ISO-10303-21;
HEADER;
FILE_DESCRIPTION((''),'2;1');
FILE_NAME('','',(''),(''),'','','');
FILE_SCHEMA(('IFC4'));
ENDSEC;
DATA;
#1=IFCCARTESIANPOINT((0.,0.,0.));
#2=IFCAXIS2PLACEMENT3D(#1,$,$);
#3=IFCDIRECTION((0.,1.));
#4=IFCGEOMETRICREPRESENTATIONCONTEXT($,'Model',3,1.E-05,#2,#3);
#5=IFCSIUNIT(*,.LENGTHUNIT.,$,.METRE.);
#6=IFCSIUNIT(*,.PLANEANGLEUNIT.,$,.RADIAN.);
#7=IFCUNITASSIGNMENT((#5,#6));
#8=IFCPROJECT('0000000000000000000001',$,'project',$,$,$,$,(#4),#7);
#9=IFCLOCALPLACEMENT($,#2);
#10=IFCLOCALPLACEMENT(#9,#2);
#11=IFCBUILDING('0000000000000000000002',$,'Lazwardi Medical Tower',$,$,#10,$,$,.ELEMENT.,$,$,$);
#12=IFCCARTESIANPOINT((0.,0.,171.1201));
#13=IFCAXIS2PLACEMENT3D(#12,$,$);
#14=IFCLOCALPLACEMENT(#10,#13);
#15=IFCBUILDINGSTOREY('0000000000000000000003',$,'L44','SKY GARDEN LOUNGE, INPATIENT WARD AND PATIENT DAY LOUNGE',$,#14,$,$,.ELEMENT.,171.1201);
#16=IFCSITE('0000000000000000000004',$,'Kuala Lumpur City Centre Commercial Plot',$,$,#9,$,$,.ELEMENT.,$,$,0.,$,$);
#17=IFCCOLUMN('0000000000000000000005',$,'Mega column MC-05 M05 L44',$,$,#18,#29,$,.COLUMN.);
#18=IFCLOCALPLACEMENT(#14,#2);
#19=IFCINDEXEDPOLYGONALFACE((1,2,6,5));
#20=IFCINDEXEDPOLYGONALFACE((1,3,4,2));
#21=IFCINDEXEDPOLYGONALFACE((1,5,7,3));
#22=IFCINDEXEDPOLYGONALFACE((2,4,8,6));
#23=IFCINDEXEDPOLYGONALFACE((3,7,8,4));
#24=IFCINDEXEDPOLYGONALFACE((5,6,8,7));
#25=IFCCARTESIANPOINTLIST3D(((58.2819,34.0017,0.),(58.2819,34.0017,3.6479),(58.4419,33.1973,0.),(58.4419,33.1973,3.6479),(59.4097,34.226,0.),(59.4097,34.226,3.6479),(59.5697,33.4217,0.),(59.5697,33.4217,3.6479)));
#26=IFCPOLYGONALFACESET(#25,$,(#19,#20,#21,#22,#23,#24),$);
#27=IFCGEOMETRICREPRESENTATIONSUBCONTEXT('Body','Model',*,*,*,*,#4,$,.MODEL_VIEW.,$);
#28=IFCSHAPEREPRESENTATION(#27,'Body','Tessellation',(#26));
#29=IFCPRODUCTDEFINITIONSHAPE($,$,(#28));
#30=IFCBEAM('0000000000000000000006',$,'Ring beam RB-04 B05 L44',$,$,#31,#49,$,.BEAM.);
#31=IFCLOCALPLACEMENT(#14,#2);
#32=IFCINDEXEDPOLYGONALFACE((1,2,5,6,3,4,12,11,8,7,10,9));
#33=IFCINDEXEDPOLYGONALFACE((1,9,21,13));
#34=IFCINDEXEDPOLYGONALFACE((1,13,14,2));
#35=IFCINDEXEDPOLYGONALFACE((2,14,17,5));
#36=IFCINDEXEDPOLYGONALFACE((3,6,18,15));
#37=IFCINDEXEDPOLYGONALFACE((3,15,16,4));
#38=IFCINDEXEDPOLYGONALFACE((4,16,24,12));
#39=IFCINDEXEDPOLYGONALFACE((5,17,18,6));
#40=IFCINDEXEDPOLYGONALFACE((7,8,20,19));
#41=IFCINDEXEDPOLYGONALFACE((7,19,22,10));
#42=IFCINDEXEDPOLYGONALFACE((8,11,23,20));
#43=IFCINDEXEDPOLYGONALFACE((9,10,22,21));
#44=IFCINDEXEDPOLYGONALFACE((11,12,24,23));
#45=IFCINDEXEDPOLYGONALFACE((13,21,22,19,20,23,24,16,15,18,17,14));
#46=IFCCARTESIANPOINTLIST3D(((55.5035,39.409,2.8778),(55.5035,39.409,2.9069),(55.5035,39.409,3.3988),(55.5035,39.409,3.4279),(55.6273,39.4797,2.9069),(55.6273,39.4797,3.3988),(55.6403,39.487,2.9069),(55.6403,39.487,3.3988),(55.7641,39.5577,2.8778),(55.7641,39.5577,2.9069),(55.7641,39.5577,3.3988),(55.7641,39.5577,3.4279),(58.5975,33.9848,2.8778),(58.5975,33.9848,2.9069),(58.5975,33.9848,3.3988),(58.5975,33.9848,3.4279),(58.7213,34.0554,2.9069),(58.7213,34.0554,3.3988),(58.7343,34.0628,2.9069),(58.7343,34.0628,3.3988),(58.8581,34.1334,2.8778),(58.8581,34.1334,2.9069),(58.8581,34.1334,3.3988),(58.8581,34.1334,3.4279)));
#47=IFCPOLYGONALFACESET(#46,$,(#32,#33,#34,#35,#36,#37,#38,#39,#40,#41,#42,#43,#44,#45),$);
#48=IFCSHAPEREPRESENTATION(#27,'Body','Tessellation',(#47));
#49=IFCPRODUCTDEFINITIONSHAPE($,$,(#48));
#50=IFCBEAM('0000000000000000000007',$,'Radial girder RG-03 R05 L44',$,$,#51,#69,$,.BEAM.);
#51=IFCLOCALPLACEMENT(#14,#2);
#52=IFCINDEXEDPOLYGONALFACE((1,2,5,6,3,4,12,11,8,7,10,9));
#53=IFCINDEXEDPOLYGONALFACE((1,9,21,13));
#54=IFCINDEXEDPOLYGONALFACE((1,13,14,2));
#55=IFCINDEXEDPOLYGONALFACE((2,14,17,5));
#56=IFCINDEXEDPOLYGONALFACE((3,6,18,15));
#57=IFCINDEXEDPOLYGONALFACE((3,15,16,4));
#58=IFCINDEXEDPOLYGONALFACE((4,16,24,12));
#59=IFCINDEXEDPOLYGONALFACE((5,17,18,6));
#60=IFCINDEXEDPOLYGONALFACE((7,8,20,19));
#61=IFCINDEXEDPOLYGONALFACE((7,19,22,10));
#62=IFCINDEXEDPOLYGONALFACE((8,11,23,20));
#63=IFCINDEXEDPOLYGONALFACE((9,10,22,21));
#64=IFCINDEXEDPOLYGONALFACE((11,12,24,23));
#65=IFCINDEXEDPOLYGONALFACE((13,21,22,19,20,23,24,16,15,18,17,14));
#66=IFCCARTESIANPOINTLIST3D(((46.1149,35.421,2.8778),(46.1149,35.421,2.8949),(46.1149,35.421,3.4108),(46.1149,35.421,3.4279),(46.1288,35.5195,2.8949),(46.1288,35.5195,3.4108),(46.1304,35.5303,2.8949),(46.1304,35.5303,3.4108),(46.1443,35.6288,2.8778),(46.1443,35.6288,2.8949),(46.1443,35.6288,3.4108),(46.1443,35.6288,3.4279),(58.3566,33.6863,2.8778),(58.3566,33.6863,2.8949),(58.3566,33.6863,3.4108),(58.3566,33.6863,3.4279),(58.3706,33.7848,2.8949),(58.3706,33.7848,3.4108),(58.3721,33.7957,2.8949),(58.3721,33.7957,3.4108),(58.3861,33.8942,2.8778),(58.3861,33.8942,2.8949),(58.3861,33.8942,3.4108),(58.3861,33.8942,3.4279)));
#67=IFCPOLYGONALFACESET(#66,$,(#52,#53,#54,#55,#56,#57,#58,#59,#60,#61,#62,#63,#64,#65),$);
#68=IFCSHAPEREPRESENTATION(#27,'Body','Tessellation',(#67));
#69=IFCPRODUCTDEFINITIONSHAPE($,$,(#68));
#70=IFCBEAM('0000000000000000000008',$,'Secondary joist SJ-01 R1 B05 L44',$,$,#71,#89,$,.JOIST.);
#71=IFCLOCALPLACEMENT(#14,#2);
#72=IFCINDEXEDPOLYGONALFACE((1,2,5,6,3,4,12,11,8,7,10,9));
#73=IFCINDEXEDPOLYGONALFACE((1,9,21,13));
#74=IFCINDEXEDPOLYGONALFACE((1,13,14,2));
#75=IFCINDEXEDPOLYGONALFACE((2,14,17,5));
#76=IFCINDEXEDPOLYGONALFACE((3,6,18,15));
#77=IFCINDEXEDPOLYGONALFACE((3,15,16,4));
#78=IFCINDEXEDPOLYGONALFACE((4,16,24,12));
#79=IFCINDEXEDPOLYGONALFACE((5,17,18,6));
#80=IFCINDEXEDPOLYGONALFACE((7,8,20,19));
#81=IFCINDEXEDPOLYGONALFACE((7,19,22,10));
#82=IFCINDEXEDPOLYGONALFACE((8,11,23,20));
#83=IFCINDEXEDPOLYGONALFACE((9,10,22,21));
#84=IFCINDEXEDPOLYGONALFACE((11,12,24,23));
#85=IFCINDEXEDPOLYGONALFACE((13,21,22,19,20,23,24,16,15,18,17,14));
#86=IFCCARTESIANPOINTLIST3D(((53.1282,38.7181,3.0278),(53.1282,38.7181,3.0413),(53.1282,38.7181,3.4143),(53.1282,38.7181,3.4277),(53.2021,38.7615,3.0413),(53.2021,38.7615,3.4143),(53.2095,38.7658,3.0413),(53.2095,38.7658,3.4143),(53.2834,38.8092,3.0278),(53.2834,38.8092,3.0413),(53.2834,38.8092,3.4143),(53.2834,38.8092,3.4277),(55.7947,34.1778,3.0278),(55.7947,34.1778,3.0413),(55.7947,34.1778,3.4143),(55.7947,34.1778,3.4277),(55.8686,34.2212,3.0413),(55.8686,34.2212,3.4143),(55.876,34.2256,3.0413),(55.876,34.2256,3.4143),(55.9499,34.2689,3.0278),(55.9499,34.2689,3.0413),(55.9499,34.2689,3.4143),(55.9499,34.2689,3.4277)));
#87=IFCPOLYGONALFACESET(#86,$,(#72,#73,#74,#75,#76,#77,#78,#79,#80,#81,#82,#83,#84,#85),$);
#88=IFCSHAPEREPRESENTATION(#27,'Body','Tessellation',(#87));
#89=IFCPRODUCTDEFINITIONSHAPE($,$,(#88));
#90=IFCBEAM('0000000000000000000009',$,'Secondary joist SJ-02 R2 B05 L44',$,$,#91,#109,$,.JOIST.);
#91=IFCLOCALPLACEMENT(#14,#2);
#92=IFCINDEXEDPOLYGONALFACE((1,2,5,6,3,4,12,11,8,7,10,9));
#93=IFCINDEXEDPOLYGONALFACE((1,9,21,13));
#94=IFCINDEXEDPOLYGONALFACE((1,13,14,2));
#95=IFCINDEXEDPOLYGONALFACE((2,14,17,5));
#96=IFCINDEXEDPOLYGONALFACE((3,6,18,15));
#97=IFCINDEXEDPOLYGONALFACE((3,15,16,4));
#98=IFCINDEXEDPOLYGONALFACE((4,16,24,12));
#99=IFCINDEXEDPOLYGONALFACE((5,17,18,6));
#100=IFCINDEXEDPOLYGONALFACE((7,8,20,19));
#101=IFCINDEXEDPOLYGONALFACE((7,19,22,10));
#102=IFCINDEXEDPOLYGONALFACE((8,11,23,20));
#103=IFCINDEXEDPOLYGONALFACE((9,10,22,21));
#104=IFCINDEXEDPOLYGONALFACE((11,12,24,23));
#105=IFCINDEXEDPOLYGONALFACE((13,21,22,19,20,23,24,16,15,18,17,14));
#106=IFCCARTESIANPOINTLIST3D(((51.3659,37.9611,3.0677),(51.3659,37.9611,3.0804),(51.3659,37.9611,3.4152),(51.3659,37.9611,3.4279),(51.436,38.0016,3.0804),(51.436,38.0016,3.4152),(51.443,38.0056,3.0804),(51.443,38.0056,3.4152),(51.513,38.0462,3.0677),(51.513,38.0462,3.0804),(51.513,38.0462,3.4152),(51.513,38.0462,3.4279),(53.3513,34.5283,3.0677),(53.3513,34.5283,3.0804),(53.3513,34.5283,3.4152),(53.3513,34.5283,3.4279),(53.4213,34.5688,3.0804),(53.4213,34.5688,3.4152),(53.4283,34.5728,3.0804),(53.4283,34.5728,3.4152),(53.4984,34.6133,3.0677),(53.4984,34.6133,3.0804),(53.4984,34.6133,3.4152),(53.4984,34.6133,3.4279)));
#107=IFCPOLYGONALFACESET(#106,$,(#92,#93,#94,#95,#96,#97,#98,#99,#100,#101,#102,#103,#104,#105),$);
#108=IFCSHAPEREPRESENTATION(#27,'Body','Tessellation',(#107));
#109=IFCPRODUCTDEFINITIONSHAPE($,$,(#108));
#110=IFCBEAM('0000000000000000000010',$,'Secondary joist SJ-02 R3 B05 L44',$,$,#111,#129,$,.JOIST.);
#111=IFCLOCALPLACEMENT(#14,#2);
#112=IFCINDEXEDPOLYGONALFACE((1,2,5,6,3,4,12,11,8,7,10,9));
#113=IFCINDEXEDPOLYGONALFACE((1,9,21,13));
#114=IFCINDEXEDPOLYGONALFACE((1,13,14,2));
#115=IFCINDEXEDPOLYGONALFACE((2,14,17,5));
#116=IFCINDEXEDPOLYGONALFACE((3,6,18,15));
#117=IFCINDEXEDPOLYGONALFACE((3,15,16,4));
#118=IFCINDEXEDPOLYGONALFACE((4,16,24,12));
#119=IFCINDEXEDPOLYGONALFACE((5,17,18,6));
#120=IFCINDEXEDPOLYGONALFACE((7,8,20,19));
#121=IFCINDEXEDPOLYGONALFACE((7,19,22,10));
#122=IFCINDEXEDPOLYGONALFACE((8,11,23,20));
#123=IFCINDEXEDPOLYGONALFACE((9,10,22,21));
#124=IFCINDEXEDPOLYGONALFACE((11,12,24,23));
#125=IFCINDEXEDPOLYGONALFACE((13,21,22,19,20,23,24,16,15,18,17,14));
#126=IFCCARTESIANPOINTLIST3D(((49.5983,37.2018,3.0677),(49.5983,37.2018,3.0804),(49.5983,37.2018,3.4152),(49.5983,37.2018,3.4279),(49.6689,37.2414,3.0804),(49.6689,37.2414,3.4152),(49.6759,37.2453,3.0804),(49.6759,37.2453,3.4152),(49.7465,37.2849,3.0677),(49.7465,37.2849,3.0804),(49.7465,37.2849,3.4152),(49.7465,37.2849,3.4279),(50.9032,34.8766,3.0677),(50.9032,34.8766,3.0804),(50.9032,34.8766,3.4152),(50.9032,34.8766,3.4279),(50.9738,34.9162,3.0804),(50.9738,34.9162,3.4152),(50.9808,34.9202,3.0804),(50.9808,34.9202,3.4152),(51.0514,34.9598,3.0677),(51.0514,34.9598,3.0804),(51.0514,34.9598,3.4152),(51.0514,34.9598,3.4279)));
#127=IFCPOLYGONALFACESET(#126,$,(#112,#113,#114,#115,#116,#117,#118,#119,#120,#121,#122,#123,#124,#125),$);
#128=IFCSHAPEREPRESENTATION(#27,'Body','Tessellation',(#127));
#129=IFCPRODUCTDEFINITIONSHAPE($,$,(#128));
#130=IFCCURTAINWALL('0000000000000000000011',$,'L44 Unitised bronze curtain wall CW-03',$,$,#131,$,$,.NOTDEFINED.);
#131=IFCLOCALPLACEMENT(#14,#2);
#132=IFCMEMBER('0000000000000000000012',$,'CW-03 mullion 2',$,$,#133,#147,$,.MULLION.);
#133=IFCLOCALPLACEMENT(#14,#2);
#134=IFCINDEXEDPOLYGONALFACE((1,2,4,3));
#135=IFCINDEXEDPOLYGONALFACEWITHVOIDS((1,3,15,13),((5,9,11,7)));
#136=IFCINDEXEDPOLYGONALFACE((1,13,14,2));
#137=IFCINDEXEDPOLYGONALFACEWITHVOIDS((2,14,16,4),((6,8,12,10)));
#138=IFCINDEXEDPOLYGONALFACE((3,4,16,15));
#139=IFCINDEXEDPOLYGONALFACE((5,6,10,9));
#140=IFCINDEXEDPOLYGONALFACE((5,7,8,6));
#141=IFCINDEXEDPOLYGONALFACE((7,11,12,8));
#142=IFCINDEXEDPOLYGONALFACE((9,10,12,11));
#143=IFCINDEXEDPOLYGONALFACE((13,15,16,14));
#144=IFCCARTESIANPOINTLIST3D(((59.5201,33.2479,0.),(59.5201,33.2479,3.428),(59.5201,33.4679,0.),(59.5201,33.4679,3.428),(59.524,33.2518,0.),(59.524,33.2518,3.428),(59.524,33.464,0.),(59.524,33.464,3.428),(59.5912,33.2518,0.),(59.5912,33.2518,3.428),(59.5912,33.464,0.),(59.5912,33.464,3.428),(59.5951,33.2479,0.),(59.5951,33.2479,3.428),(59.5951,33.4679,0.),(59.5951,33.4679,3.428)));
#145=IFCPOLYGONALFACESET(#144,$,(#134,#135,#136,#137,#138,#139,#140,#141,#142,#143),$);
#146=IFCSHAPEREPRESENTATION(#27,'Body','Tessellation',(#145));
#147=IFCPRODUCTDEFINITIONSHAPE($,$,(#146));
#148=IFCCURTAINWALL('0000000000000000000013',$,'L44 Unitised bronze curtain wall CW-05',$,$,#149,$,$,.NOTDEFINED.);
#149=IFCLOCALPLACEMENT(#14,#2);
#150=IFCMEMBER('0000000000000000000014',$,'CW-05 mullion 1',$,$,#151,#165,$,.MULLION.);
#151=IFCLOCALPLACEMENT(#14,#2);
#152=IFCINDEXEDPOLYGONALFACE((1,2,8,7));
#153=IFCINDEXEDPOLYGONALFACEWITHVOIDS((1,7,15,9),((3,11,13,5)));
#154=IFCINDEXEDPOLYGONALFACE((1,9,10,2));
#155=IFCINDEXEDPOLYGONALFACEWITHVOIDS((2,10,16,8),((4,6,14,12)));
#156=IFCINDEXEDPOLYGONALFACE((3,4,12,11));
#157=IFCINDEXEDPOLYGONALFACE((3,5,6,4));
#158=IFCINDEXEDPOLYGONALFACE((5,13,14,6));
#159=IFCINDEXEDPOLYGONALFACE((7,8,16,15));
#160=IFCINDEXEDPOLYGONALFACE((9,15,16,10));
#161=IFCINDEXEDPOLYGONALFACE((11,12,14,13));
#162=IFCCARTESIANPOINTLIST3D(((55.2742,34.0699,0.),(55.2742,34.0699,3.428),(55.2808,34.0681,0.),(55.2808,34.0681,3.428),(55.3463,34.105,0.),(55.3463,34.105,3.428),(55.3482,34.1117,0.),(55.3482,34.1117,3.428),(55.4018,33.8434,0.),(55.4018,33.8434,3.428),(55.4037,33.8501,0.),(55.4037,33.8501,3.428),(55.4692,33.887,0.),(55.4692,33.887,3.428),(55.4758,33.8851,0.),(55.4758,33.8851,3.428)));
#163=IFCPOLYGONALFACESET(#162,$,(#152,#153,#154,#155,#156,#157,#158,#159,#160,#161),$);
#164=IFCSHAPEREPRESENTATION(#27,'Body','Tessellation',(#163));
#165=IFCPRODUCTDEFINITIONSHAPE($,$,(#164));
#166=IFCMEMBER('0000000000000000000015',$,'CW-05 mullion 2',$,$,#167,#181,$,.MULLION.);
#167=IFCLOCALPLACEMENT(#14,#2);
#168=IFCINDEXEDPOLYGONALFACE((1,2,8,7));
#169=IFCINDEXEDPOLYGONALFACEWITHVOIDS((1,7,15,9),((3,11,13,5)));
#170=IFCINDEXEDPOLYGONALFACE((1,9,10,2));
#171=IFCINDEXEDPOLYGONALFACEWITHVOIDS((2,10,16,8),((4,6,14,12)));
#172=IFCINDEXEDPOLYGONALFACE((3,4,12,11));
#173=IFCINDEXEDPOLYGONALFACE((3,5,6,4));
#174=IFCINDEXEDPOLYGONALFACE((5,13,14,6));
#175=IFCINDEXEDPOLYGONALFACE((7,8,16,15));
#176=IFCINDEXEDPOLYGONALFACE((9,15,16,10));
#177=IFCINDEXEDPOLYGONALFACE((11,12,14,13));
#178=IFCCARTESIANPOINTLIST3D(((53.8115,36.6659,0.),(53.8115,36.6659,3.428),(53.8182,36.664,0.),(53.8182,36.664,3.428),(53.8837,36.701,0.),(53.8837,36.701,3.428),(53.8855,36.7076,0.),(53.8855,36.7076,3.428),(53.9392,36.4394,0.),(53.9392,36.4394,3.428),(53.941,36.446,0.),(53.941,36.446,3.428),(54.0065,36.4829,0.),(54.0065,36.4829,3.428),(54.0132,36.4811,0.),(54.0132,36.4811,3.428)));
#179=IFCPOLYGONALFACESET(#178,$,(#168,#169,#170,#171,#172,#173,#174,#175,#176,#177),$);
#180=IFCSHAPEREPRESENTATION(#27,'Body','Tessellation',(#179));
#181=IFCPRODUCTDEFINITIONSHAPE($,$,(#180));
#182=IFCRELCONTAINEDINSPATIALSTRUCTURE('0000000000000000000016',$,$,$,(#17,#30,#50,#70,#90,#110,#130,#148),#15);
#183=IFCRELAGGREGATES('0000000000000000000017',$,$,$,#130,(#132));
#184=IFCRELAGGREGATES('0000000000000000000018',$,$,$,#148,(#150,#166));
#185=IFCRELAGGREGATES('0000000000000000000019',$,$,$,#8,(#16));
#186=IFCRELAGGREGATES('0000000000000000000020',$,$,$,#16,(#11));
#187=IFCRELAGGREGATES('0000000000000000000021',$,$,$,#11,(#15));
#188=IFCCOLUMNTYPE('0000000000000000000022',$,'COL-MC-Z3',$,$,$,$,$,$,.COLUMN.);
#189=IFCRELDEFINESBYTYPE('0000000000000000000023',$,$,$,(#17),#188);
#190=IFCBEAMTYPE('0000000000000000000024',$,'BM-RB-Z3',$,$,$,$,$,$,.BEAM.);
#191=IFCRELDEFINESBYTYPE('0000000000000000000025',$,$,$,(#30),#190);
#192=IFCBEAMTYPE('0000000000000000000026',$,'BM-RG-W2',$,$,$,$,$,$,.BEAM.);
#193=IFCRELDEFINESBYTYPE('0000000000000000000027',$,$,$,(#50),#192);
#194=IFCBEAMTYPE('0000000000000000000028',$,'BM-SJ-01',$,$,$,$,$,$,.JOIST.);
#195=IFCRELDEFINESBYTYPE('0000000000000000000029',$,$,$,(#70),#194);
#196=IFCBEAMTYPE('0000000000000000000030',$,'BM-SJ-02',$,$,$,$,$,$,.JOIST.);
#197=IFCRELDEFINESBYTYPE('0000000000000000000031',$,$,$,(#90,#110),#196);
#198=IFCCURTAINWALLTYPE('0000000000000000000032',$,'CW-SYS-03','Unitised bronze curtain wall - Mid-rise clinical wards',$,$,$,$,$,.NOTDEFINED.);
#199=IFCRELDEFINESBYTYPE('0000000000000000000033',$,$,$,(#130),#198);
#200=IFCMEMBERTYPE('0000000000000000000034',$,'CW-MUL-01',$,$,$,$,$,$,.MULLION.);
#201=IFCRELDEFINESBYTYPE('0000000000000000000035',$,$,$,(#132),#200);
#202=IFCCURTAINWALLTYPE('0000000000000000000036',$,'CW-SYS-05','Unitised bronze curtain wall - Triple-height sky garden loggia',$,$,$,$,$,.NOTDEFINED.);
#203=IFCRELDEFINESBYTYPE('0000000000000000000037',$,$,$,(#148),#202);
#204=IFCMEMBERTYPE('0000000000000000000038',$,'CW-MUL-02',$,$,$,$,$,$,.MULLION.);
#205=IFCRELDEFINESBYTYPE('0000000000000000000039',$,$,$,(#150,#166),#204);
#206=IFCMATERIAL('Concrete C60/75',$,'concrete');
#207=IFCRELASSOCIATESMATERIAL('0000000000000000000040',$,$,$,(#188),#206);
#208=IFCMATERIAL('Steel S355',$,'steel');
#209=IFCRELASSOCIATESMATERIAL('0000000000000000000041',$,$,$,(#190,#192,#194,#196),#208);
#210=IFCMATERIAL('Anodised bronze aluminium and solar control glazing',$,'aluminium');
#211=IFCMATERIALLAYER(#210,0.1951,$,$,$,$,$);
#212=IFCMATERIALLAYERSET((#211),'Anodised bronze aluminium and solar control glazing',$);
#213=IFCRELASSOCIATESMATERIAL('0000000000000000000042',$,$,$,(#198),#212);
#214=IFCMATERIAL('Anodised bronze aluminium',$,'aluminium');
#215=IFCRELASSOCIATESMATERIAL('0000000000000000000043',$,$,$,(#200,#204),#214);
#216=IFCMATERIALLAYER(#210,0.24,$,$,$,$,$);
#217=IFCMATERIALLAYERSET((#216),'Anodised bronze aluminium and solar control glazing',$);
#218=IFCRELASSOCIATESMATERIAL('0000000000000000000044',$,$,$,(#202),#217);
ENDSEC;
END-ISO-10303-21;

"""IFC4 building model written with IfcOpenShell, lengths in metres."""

from ifc_helpers import new_model, si_unit, direction, frame, origin, origin_2d, place, context, subcontext, project, spatial, rectangle, hollow_rectangle, i_section, extrude, material, layer, layer_set, material_profile, profile_set, type_object, element, aggregate, save


model = new_model("IFC4")

# Units and contexts
model_context = context("Model", 3, precision=1e-05, world=origin(), true_north=direction((0.0, 1.0)))
body_context = subcontext(model_context, "Body", "Model", "MODEL_VIEW")
ifc_project = project(units=[si_unit("LENGTHUNIT", "METRE"), si_unit("PLANEANGLEUNIT", "RADIAN")], contexts=[model_context])

# Site, building, storey
site_placement = place(None, origin())
site = spatial("IfcSite", under=ifc_project, at=site_placement, Name="Kuala Lumpur City Centre Commercial Plot", CompositionType="ELEMENT", RefElevation=0.0)
building_placement = place(site_placement, origin())
building = spatial("IfcBuilding", under=site, at=building_placement, Name="Lazwardi Medical Tower", CompositionType="ELEMENT")
storey_placement = place(building_placement, frame((0.0, 0.0, 171.1201)))
storey = spatial("IfcBuildingStorey", under=building, at=storey_placement, Name="L44", Description="SKY GARDEN LOUNGE, INPATIENT WARD AND PATIENT DAY LOUNGE", CompositionType="ELEMENT", Elevation=171.1201)

# Column
ifc_material_1 = material(Name="Concrete C60/75", Category="concrete")
ifc_material_profile_1 = material_profile(ifc_material_1, rectangle(XDim=1.1499, YDim=0.8201, at=origin_2d()), Name="CFT-RECT 1150x820")
ifc_profile_set_1 = profile_set([ifc_material_profile_1], Name="Concrete C60/75")
column_type = type_object("IfcColumnType", Name="COL-MC-Z3", PredefinedType="COLUMN", material=ifc_profile_set_1)
column_placement = place(storey_placement, frame((58.9258, 33.7117, 0.0), z_axis=(0.0, 0.0, 1.0), x_axis=(0.980785, 0.19509, 0.0)))
element("IfcColumn", 1, at=column_placement, inside=storey, type_object=column_type, Name="Mega column MC-05 M05 L44", PredefinedType="COLUMN", context=body_context, shape_type="SweptSolid", body=[
    extrude(rectangle(XDim=1.1499, YDim=0.8201, at=origin_2d()), origin(), (0.0, 0.0, 1.0), 3.6479),
])

# Beams
ifc_material_2 = material(Name="Steel S355", Category="steel")
ifc_material_profile_2 = material_profile(ifc_material_2, i_section(OverallWidth=0.3, OverallDepth=0.55, WebThickness=0.0149, FlangeThickness=0.0291, at=origin_2d()), Name="HEB 550")
ifc_profile_set_2 = profile_set([ifc_material_profile_2], Name="Steel S355")
beam_type_1 = type_object("IfcBeamType", Name="BM-RB-Z3", PredefinedType="BEAM", material=ifc_profile_set_2)
beam_1_placement = place(storey_placement, frame((58.7278, 34.0591, 3.1528), z_axis=(-0.495461, 0.86863, 0.0), x_axis=(-0.86863, -0.495461, 0.0)))
element("IfcBeam", 2, at=beam_1_placement, inside=storey, type_object=beam_type_1, Name="Ring beam RB-04 B05 L44", PredefinedType="BEAM", context=body_context, shape_type="SweptSolid", body=[
    extrude(i_section(OverallWidth=0.3, OverallDepth=0.55, WebThickness=0.0149, FlangeThickness=0.0291, at=origin_2d()), origin(), (0.0, 0.0, 1.0), 6.2446),
])
ifc_material_profile_3 = material_profile(ifc_material_2, i_section(OverallWidth=0.21, OverallDepth=0.55, WebThickness=0.011, FlangeThickness=0.0171, at=origin_2d()), Name="IPE 550")
ifc_profile_set_3 = profile_set([ifc_material_profile_3], Name="Steel S355")
beam_type_2 = type_object("IfcBeamType", Name="BM-RG-W2", PredefinedType="BEAM", material=ifc_profile_set_3)
beam_2_placement = place(storey_placement, frame((58.3713, 33.7903, 3.1528), z_axis=(-0.99011, 0.140296, 0.0), x_axis=(-0.140296, -0.99011, 0.0)))
element("IfcBeam", 3, at=beam_2_placement, inside=storey, type_object=beam_type_2, Name="Radial girder RG-03 R05 L44", PredefinedType="BEAM", context=body_context, shape_type="SweptSolid", body=[
    extrude(i_section(OverallWidth=0.21, OverallDepth=0.55, WebThickness=0.011, FlangeThickness=0.0171, at=origin_2d()), origin(), (0.0, 0.0, 1.0), 12.364),
])
ifc_material_profile_4 = material_profile(ifc_material_2, i_section(OverallWidth=0.1799, OverallDepth=0.3999, WebThickness=0.0085, FlangeThickness=0.0134, at=origin_2d()), Name="IPE 400")
ifc_profile_set_4 = profile_set([ifc_material_profile_4], Name="Steel S355")
beam_type_3 = type_object("IfcBeamType", Name="BM-SJ-01", PredefinedType="JOIST", material=ifc_profile_set_4)
beam_3_placement = place(storey_placement, frame((55.8723, 34.2234, 3.2278), z_axis=(-0.50642, 0.862287, 0.0), x_axis=(-0.862287, -0.50642, 0.0)))
element("IfcBeam", 4, at=beam_3_placement, inside=storey, type_object=beam_type_3, Name="Secondary joist SJ-01 R1 B05 L44", PredefinedType="JOIST", context=body_context, shape_type="SweptSolid", body=[
    extrude(i_section(OverallWidth=0.1799, OverallDepth=0.3999, WebThickness=0.0085, FlangeThickness=0.0134, at=origin_2d()), origin(), (0.0, 0.0, 1.0), 5.2654),
])
ifc_material_profile_5 = material_profile(ifc_material_2, i_section(OverallWidth=0.1699, OverallDepth=0.3601, WebThickness=0.0081, FlangeThickness=0.0127, at=origin_2d()), Name="IPE 360")
ifc_profile_set_5 = profile_set([ifc_material_profile_5], Name="Steel S355")
beam_type_4 = type_object("IfcBeamType", Name="BM-SJ-02", PredefinedType="JOIST", material=ifc_profile_set_5)
beam_4_placement = place(storey_placement, frame((53.4248, 34.5708, 3.2478), z_axis=(-0.500641, 0.865655, 0.0), x_axis=(-0.865655, -0.500641, 0.0)))
element("IfcBeam", 5, at=beam_4_placement, inside=storey, type_object=beam_type_4, Name="Secondary joist SJ-02 R2 B05 L44", PredefinedType="JOIST", context=body_context, shape_type="SweptSolid", body=[
    extrude(i_section(OverallWidth=0.1699, OverallDepth=0.3601, WebThickness=0.0081, FlangeThickness=0.0127, at=origin_2d()), origin(), (0.0, 0.0, 1.0), 3.9656),
])
beam_5_placement = place(storey_placement, frame((50.9773, 34.9182, 3.2478), z_axis=(-0.489409, 0.872054, 0.0), x_axis=(-0.872054, -0.489409, 0.0)))
element("IfcBeam", 6, at=beam_5_placement, inside=storey, type_object=beam_type_4, Name="Secondary joist SJ-02 R3 B05 L44", PredefinedType="JOIST", context=body_context, shape_type="SweptSolid", body=[
    extrude(i_section(OverallWidth=0.1699, OverallDepth=0.3601, WebThickness=0.0081, FlangeThickness=0.0127, at=origin_2d()), origin(), (0.0, 0.0, 1.0), 2.6663),
])

# Curtain wall, member
ifc_material_3 = material(Name="Anodised bronze aluminium and solar control glazing", Category="aluminium")
ifc_layer_1 = layer(ifc_material_3, 0.1951)
ifc_layer_set_1 = layer_set([ifc_layer_1], Name="Anodised bronze aluminium and solar control glazing")
curtain_wall_type_1 = type_object("IfcCurtainWallType", Name="CW-SYS-03", Description="Unitised bronze curtain wall - Mid-rise clinical wards", PredefinedType="NOTDEFINED", material=ifc_layer_set_1)
curtain_wall_1_placement = place(storey_placement, origin())
curtain_wall_1 = element("IfcCurtainWall", 7, at=curtain_wall_1_placement, inside=storey, type_object=curtain_wall_type_1, Name="L44 Unitised bronze curtain wall CW-03", PredefinedType="NOTDEFINED")
ifc_material_4 = material(Name="Anodised bronze aluminium", Category="aluminium")
ifc_material_profile_6 = material_profile(ifc_material_4, hollow_rectangle(XDim=0.075, YDim=0.22, WallThickness=0.0039, at=origin_2d()), Name="ALU-MULLION 220x75x4")
ifc_profile_set_6 = profile_set([ifc_material_profile_6], Name="Anodised bronze aluminium")
member_type_1 = type_object("IfcMemberType", Name="CW-MUL-01", PredefinedType="MULLION", material=ifc_profile_set_6)
member_1_placement = place(storey_placement, frame((59.5576, 33.3579, 0.0), z_axis=(0.0, 0.0, 1.0), x_axis=(-1.0, 0.0, 0.0)))
member_1 = element("IfcMember", 8, at=member_1_placement, type_object=member_type_1, Name="CW-03 mullion 2", PredefinedType="MULLION", context=body_context, shape_type="SweptSolid", body=[
    extrude(hollow_rectangle(XDim=0.075, YDim=0.22, WallThickness=0.0039, at=origin_2d()), origin(), (0.0, 0.0, 1.0), 3.428),
])
aggregate(curtain_wall_1, [member_1])

# Curtain wall, members
ifc_layer_2 = layer(ifc_material_3, 0.24)
ifc_layer_set_2 = layer_set([ifc_layer_2], Name="Anodised bronze aluminium and solar control glazing")
curtain_wall_type_2 = type_object("IfcCurtainWallType", Name="CW-SYS-05", Description="Unitised bronze curtain wall - Triple-height sky garden loggia", PredefinedType="NOTDEFINED", material=ifc_layer_set_2)
curtain_wall_2_placement = place(storey_placement, origin())
curtain_wall_2 = element("IfcCurtainWall", 9, at=curtain_wall_2_placement, inside=storey, type_object=curtain_wall_type_2, Name="L44 Unitised bronze curtain wall CW-05", PredefinedType="NOTDEFINED")
ifc_material_profile_7 = material_profile(ifc_material_4, hollow_rectangle(XDim=0.085, YDim=0.26, WallThickness=0.0049, at=origin_2d()), Name="ALU-MULLION 260x85x5")
ifc_profile_set_7 = profile_set([ifc_material_profile_7], Name="Anodised bronze aluminium")
member_type_2 = type_object("IfcMemberType", Name="CW-MUL-02", PredefinedType="MULLION", material=ifc_profile_set_7)
member_2_placement = place(storey_placement, frame((55.375, 33.9775, 0.0), z_axis=(0.0, 0.0, 1.0), x_axis=(-0.871223, -0.490887, 0.0)))
member_2 = element("IfcMember", 10, at=member_2_placement, type_object=member_type_2, Name="CW-05 mullion 1", PredefinedType="MULLION", context=body_context, shape_type="SweptSolid", body=[
    extrude(hollow_rectangle(XDim=0.085, YDim=0.26, WallThickness=0.0049, at=origin_2d()), origin(), (0.0, 0.0, 1.0), 3.428),
])
member_3_placement = place(storey_placement, frame((53.9124, 36.5735, 0.0), z_axis=(0.0, 0.0, 1.0), x_axis=(-0.871223, -0.490887, 0.0)))
member_3 = element("IfcMember", 11, at=member_3_placement, type_object=member_type_2, Name="CW-05 mullion 2", PredefinedType="MULLION", context=body_context, shape_type="SweptSolid", body=[
    extrude(hollow_rectangle(XDim=0.085, YDim=0.26, WallThickness=0.0049, at=origin_2d()), origin(), (0.0, 0.0, 1.0), 3.428),
])

aggregate(curtain_wall_2, [member_2, member_3])

save(model, "model.ifc")
